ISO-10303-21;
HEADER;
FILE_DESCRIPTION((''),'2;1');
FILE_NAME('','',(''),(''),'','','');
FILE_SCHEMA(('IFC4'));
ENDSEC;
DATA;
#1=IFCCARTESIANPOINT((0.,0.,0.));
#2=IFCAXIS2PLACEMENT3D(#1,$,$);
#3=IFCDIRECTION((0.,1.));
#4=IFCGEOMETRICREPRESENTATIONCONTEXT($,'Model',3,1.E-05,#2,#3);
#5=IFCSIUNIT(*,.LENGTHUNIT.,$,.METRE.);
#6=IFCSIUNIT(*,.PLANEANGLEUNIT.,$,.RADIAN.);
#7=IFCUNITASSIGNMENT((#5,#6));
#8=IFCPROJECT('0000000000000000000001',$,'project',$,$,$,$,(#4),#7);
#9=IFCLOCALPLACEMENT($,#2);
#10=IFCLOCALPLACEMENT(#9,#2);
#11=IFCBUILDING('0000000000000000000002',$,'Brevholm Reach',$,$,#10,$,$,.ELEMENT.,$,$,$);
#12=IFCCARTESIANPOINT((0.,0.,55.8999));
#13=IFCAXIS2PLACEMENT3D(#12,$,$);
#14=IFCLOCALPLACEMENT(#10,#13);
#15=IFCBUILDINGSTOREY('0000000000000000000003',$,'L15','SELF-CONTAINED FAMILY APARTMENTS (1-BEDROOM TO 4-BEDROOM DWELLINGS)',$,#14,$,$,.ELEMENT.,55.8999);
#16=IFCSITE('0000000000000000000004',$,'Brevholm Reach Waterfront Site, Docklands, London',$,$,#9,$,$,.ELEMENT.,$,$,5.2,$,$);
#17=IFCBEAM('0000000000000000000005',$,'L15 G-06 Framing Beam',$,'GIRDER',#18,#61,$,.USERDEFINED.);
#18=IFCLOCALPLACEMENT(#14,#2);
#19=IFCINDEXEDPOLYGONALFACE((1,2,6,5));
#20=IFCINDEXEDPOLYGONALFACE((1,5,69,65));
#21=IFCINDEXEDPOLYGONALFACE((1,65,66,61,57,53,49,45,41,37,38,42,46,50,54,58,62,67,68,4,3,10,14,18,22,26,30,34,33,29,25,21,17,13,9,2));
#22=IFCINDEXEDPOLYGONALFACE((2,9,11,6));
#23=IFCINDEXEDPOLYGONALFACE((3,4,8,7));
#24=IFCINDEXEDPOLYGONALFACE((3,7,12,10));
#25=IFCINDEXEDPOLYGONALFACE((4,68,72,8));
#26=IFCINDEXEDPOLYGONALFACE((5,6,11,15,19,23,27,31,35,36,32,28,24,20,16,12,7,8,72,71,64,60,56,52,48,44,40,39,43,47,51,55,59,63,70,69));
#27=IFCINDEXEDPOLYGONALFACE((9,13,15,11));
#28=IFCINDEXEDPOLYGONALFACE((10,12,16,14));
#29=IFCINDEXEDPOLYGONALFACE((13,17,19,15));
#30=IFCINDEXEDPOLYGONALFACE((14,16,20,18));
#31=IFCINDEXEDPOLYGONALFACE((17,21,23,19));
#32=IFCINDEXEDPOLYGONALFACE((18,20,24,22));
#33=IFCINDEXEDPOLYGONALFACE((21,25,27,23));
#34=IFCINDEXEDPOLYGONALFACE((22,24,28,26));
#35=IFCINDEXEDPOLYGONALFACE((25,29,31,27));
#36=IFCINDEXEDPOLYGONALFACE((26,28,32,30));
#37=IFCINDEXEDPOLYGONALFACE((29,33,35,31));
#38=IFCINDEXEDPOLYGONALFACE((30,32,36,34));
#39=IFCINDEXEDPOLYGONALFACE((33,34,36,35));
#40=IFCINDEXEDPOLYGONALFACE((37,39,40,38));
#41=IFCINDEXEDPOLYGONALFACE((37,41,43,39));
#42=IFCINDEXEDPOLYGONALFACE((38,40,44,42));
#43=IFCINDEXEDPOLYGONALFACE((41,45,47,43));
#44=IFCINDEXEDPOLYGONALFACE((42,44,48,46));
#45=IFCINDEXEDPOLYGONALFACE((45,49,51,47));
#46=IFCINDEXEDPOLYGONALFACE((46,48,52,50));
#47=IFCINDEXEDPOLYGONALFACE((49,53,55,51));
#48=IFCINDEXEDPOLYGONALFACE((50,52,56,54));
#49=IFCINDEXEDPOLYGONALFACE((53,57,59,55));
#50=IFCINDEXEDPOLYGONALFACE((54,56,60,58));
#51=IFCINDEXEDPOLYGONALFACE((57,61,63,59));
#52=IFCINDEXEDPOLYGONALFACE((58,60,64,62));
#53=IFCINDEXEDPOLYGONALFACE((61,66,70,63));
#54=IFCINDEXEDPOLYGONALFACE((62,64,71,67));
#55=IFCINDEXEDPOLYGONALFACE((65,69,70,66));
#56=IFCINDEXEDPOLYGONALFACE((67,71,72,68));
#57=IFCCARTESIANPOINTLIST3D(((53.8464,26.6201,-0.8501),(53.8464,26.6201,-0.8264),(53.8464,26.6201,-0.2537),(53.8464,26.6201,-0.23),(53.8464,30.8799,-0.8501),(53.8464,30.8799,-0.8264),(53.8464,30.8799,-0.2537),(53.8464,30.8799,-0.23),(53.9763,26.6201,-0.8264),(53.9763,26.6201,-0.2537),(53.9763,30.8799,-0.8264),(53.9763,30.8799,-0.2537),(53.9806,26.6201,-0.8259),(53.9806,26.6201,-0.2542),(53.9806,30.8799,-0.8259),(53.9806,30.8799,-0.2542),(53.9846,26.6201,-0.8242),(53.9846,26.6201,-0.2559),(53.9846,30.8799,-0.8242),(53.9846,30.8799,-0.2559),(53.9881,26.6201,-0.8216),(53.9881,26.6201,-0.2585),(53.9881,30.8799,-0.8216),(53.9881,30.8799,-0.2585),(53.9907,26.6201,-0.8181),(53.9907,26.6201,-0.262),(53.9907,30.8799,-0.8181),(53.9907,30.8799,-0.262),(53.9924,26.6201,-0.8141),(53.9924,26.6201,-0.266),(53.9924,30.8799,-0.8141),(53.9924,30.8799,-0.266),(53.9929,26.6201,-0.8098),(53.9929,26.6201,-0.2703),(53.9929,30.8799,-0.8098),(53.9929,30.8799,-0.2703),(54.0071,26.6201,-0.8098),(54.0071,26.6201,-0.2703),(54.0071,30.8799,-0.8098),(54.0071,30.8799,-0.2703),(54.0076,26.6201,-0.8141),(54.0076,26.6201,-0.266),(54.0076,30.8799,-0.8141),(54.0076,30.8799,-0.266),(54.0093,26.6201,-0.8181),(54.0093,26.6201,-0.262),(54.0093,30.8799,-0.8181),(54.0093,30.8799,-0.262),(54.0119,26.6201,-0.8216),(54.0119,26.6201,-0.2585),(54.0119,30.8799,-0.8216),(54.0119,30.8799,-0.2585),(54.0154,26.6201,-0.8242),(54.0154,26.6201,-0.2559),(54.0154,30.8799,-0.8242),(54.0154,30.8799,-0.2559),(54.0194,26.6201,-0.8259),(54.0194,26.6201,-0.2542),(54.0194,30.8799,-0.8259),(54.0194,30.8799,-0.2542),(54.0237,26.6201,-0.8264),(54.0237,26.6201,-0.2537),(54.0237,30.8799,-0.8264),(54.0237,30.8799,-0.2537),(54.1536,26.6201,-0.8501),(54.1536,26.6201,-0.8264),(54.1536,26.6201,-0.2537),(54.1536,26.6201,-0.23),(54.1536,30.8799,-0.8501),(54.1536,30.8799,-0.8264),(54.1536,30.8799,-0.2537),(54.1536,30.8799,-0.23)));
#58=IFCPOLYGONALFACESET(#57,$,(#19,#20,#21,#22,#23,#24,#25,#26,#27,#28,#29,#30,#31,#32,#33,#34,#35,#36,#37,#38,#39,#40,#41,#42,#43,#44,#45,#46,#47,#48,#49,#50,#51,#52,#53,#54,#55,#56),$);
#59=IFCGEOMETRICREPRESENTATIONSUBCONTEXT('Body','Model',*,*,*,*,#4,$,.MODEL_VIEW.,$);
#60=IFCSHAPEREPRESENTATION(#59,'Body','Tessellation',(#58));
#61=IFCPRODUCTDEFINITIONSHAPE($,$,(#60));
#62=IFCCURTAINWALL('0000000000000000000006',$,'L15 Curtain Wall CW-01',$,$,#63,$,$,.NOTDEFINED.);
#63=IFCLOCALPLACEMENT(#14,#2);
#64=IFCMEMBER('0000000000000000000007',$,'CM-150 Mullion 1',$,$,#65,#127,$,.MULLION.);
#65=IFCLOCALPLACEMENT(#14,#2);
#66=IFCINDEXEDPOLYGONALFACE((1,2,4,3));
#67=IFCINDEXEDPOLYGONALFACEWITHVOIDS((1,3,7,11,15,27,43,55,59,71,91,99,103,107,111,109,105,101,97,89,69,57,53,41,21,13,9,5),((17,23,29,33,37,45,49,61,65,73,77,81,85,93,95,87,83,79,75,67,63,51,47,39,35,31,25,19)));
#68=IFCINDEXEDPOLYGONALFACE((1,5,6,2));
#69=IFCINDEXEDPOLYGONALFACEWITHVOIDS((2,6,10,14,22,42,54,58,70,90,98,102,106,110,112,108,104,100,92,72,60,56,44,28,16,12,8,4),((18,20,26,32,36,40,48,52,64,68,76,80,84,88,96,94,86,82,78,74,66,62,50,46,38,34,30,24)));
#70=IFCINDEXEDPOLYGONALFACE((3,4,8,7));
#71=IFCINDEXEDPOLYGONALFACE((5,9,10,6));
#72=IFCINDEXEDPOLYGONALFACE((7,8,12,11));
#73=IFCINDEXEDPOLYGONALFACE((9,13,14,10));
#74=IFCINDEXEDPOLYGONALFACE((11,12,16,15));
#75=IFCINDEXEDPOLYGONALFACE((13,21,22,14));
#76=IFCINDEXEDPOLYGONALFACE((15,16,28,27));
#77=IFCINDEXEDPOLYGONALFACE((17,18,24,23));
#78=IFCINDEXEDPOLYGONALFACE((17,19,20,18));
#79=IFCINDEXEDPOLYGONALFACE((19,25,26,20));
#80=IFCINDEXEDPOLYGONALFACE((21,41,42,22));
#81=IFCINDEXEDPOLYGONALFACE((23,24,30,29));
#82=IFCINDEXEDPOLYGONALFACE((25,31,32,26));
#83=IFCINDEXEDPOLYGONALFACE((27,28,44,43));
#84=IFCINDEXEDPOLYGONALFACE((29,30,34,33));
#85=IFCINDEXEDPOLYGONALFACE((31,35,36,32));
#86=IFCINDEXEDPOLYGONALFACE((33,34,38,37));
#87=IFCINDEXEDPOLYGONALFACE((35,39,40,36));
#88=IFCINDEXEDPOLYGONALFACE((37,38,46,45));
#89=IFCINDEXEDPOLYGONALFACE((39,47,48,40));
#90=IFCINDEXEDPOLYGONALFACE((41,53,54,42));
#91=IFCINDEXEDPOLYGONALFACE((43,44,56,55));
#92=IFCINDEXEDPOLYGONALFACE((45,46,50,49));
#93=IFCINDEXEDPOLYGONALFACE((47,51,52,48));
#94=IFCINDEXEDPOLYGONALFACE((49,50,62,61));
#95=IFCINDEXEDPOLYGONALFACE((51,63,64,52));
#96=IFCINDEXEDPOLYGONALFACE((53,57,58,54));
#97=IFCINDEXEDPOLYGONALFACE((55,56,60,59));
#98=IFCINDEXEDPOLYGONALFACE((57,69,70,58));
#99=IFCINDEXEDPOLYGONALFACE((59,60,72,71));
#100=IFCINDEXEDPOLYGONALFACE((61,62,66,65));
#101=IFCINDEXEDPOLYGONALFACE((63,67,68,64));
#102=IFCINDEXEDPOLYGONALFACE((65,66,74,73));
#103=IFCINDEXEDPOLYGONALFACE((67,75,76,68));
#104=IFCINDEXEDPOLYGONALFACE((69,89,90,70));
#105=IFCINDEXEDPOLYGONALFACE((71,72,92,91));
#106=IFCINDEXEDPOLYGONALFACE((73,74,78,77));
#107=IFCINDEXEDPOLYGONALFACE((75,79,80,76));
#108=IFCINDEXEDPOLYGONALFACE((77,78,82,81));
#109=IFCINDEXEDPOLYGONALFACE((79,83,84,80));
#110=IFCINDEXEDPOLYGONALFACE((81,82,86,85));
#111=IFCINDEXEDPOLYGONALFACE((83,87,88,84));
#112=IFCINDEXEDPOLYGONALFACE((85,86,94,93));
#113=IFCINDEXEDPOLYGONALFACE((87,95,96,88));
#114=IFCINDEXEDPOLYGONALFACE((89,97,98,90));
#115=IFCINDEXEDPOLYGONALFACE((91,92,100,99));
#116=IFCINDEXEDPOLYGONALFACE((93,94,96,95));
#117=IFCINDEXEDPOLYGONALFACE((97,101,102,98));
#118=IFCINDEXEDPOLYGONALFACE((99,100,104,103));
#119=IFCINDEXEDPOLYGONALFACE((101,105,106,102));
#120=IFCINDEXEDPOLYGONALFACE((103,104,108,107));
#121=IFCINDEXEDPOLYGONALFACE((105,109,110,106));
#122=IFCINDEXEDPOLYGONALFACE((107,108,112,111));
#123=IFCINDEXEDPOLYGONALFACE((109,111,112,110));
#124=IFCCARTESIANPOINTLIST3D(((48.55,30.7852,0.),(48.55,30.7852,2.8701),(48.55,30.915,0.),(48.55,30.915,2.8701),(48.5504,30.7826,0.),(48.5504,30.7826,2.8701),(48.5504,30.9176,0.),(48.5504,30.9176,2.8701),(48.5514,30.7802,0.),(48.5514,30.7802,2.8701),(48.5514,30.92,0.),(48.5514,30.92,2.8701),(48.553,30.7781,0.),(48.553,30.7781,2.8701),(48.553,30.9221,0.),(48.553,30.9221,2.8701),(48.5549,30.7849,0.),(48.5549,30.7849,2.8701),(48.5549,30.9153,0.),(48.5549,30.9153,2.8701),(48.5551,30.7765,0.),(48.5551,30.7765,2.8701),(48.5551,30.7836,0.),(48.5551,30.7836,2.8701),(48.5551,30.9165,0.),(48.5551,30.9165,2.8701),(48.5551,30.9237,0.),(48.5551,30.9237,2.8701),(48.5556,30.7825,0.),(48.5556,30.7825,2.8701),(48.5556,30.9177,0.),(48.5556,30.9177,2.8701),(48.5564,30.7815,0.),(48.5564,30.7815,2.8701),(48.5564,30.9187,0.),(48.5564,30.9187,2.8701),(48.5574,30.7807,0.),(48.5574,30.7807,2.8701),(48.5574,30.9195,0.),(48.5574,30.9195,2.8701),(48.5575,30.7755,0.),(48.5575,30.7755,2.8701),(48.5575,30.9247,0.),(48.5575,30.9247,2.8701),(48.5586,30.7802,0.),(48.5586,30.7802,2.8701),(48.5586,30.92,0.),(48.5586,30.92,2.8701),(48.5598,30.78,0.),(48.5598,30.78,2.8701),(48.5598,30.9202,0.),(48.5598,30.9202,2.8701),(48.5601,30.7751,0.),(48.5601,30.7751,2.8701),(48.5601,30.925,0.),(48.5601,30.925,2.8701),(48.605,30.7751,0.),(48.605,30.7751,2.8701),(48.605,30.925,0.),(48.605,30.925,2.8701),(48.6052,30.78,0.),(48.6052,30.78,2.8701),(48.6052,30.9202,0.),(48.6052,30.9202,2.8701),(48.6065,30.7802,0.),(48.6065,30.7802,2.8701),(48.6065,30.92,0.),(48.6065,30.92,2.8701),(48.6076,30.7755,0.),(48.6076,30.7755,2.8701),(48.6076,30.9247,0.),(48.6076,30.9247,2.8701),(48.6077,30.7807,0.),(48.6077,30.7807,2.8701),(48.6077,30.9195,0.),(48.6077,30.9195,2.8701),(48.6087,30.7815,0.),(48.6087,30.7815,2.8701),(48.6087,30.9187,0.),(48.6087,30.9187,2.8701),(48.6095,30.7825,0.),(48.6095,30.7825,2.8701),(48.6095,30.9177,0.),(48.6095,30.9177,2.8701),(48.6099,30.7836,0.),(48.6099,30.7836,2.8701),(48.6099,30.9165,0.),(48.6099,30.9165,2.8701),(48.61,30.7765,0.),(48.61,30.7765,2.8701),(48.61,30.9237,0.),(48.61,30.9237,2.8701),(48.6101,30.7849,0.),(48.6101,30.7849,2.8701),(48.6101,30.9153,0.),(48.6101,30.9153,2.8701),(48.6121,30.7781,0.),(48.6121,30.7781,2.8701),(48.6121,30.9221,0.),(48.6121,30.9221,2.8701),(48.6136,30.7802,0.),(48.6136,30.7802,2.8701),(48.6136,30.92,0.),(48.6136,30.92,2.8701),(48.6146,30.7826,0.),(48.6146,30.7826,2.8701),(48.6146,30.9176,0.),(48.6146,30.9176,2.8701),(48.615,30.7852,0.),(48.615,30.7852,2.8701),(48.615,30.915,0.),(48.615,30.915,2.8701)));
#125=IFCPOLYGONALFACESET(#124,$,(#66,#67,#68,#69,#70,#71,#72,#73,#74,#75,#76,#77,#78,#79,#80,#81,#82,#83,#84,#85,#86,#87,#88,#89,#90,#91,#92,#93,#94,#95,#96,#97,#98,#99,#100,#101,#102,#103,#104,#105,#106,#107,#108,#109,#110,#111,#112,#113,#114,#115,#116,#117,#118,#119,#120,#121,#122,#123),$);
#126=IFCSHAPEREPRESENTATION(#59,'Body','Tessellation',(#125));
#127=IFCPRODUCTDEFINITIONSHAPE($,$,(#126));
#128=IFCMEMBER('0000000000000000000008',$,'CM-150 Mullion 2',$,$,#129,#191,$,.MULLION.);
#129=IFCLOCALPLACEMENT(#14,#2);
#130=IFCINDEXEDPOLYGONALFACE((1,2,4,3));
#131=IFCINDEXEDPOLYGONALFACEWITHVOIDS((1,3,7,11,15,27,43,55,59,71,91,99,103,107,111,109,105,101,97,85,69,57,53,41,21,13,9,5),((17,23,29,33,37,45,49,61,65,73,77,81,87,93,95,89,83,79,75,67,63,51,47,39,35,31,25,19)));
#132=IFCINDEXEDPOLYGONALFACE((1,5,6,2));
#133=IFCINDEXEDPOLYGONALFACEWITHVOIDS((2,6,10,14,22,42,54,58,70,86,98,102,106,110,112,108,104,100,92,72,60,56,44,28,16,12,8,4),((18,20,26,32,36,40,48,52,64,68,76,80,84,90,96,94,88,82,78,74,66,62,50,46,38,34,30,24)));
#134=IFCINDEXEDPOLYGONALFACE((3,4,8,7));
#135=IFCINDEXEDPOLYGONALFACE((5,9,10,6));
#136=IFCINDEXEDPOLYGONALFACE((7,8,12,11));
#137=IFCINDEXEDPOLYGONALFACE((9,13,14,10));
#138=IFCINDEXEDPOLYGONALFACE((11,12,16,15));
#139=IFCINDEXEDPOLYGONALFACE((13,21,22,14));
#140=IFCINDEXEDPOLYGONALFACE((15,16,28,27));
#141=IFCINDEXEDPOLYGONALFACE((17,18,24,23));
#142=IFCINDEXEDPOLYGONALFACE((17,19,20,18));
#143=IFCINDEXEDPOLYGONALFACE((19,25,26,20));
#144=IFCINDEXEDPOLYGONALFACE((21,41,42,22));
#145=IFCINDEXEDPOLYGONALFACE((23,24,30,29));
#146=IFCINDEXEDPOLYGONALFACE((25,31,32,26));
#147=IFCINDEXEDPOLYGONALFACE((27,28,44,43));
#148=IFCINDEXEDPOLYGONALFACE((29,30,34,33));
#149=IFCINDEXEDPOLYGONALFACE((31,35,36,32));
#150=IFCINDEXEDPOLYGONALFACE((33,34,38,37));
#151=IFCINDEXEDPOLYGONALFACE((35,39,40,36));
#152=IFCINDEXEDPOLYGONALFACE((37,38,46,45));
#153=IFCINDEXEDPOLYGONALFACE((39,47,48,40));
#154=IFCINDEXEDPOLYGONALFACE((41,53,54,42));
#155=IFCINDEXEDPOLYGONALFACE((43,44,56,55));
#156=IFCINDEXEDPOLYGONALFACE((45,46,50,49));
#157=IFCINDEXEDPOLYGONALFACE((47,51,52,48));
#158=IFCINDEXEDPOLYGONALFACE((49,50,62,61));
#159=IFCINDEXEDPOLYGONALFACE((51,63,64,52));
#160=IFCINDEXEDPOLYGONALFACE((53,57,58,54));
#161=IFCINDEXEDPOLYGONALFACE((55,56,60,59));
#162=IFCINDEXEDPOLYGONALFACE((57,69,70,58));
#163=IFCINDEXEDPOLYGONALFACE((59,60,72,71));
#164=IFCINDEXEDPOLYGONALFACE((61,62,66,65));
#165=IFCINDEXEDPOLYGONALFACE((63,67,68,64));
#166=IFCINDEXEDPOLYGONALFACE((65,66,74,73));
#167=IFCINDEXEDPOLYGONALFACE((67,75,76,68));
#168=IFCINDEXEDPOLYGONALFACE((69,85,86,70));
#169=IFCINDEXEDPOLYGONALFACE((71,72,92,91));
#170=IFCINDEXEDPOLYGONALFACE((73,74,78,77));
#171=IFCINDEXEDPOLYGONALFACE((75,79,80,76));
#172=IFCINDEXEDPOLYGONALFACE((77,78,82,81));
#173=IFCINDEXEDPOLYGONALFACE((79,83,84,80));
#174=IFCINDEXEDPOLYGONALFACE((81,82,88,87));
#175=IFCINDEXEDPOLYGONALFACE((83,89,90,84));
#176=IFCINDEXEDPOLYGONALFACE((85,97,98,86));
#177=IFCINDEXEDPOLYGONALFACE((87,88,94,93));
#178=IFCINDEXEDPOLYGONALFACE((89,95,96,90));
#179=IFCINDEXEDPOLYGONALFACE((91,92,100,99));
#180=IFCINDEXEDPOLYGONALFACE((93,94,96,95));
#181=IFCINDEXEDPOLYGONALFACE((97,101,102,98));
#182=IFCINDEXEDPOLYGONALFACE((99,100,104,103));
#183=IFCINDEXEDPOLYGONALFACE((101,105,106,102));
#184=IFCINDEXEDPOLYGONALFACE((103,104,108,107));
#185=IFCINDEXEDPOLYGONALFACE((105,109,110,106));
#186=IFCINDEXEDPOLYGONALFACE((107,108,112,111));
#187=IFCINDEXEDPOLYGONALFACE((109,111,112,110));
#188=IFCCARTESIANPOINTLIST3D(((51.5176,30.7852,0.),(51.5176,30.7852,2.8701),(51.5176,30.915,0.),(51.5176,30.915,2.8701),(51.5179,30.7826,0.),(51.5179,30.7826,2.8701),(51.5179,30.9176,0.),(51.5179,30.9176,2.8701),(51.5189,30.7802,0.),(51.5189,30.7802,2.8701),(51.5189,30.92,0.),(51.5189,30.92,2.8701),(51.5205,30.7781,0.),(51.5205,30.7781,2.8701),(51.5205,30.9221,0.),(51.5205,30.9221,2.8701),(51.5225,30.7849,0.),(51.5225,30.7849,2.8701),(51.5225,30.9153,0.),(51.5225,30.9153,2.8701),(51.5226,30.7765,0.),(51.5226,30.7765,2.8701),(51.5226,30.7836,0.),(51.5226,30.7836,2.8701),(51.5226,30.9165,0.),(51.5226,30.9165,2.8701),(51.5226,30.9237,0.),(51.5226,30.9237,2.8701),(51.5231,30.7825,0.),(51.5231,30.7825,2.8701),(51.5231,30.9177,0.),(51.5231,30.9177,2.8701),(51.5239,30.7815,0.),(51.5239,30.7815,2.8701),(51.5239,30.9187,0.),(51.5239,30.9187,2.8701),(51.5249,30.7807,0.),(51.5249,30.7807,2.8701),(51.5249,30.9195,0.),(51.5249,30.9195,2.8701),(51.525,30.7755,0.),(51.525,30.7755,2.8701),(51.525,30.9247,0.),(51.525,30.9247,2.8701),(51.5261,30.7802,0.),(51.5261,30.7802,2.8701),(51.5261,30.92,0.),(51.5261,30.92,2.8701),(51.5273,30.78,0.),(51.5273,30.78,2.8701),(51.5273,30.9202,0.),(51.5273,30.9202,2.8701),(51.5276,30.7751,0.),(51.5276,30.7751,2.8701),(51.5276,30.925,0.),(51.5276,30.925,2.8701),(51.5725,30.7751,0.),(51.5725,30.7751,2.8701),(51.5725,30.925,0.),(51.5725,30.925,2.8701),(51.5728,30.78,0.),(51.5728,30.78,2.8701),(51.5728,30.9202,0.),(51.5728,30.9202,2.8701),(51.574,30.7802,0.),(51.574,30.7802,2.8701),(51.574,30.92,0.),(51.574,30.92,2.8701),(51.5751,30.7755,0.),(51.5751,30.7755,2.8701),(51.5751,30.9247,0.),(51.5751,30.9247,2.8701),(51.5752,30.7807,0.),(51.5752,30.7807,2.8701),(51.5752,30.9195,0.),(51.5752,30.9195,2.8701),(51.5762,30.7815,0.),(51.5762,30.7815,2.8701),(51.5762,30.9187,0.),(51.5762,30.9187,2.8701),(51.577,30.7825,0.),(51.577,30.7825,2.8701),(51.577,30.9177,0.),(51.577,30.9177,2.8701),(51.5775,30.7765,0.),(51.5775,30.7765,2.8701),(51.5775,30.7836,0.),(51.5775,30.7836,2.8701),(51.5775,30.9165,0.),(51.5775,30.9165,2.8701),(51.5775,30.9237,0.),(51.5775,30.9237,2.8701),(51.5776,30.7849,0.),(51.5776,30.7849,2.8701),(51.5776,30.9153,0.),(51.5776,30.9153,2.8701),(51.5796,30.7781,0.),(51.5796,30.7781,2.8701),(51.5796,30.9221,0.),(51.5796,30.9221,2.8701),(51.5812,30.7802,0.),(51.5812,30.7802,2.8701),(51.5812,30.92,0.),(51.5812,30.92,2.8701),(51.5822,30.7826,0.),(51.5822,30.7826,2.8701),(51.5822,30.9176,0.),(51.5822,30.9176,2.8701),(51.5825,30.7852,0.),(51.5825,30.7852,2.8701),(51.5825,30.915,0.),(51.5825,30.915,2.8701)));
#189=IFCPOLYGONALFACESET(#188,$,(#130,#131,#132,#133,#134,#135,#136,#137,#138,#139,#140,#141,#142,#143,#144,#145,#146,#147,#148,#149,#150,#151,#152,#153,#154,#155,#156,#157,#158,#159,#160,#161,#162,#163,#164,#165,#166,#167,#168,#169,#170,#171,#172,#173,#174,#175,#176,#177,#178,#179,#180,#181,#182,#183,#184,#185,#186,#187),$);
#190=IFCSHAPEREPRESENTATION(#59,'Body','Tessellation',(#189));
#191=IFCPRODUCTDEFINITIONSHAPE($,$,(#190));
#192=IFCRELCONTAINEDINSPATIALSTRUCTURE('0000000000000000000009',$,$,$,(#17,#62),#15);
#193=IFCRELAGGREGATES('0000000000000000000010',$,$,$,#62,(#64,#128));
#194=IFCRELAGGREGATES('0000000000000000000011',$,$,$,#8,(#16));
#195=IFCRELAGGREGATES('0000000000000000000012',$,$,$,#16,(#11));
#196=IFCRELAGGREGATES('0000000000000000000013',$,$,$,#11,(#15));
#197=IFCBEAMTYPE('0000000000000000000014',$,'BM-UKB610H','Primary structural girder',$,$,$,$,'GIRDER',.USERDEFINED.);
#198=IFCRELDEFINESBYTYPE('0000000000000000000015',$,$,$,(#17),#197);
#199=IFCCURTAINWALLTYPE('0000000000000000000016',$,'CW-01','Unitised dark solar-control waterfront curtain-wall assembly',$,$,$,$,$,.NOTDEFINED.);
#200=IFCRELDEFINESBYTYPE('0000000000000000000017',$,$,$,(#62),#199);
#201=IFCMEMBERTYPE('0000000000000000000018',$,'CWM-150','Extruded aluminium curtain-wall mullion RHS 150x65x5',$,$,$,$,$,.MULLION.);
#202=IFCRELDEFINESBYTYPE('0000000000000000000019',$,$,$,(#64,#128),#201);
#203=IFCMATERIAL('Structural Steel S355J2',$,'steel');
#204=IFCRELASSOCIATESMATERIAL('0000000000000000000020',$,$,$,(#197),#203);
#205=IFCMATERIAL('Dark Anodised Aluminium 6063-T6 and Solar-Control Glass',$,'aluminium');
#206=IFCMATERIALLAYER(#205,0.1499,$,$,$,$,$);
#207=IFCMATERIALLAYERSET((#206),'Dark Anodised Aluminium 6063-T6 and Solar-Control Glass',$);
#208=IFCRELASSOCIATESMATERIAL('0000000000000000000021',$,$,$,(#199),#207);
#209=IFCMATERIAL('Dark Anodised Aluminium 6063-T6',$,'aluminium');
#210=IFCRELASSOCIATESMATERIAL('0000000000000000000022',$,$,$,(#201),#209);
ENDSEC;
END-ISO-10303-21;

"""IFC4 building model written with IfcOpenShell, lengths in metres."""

from ifc_helpers import new_model, si_unit, direction, frame, origin, origin_2d, place, context, subcontext, project, spatial, hollow_rectangle, i_section, extrude, material, layer, layer_set, material_profile, profile_set, type_object, element, aggregate, save


model = new_model("IFC4")

# Units and contexts
model_context = context("Model", 3, precision=1e-05, world=origin(), true_north=direction((0.0, 1.0)))
body_context = subcontext(model_context, "Body", "Model", "MODEL_VIEW")
ifc_project = project(units=[si_unit("LENGTHUNIT", "METRE"), si_unit("PLANEANGLEUNIT", "RADIAN")], contexts=[model_context])

# Site, building, storey
site_placement = place(None, origin())
site = spatial("IfcSite", under=ifc_project, at=site_placement, Name="Brevholm Reach Waterfront Site, Docklands, London", CompositionType="ELEMENT", RefElevation=5.2)
building_placement = place(site_placement, origin())
building = spatial("IfcBuilding", under=site, at=building_placement, Name="Brevholm Reach", CompositionType="ELEMENT")
storey_placement = place(building_placement, frame((0.0, 0.0, 55.8999)))
storey = spatial("IfcBuildingStorey", under=building, at=storey_placement, Name="L15", Description="SELF-CONTAINED FAMILY APARTMENTS (1-BEDROOM TO 4-BEDROOM DWELLINGS)", CompositionType="ELEMENT", Elevation=55.8999)

# Beam
ifc_material_1 = material(Name="Structural Steel S355J2", Category="steel")
ifc_material_profile_1 = material_profile(ifc_material_1, i_section(OverallWidth=0.3071, OverallDepth=0.6201, WebThickness=0.0142, FlangeThickness=0.0237, FilletRadius=0.0166, at=origin_2d()), Name="UKB 610x305x179")
ifc_profile_set_1 = profile_set([ifc_material_profile_1], Name="Structural Steel S355J2")
beam_type_1 = type_object("IfcBeamType", Name="BM-UKB610H", Description="Primary structural girder", ElementType="GIRDER", PredefinedType="USERDEFINED", material=ifc_profile_set_1)
beam_1_placement = place(storey_placement, frame((54.0, 26.6201, -0.54), z_axis=(0.0, 1.0, 0.0), x_axis=(-1.0, 0.0, 0.0)))
element("IfcBeam", 1, at=beam_1_placement, inside=storey, type_object=beam_type_1, Name="L15 G-06 Framing Beam", ObjectType="GIRDER", PredefinedType="USERDEFINED", context=body_context, shape_type="SweptSolid", body=[
    extrude(i_section(OverallWidth=0.3071, OverallDepth=0.6201, WebThickness=0.0142, FlangeThickness=0.0237, FilletRadius=0.0166, at=origin_2d()), origin(), (0.0, 0.0, 1.0), 4.2598),
])

# Curtain wall, members
ifc_material_2 = material(Name="Dark Anodised Aluminium 6063-T6 and Solar-Control Glass", Category="aluminium")
ifc_layer_1 = layer(ifc_material_2, 0.1499)
ifc_layer_set_1 = layer_set([ifc_layer_1], Name="Dark Anodised Aluminium 6063-T6 and Solar-Control Glass")
curtain_wall_type = type_object("IfcCurtainWallType", Name="CW-01", Description="Unitised dark solar-control waterfront curtain-wall assembly", PredefinedType="NOTDEFINED", material=ifc_layer_set_1)
curtain_wall_placement = place(storey_placement, origin())
curtain_wall = element("IfcCurtainWall", 2, at=curtain_wall_placement, inside=storey, type_object=curtain_wall_type, Name="L15 Curtain Wall CW-01", PredefinedType="NOTDEFINED")
ifc_material_3 = material(Name="Dark Anodised Aluminium 6063-T6", Category="aluminium")
ifc_material_profile_2 = material_profile(ifc_material_3, hollow_rectangle(XDim=0.0649, YDim=0.1499, WallThickness=0.0049, InnerFilletRadius=0.0049, OuterFilletRadius=0.01, at=origin_2d()), Name="RHS 150x65x5")
ifc_profile_set_2 = profile_set([ifc_material_profile_2], Name="Dark Anodised Aluminium 6063-T6")
member_type_1 = type_object("IfcMemberType", Name="CWM-150", Description="Extruded aluminium curtain-wall mullion RHS 150x65x5", PredefinedType="MULLION", material=ifc_profile_set_2)
member_1_placement = place(storey_placement, frame((48.5825, 30.8501, 0.0), z_axis=(0.0, 0.0, 1.0), x_axis=(1.0, 0.0, 0.0)))
member_1 = element("IfcMember", 3, at=member_1_placement, type_object=member_type_1, Name="CM-150 Mullion 1", PredefinedType="MULLION", context=body_context, shape_type="SweptSolid", body=[
    extrude(hollow_rectangle(XDim=0.0649, YDim=0.1499, WallThickness=0.0049, InnerFilletRadius=0.0049, OuterFilletRadius=0.01, at=origin_2d()), origin(), (0.0, 0.0, 1.0), 2.8701),
])
member_2_placement = place(storey_placement, frame((51.55, 30.8501, 0.0), z_axis=(0.0, 0.0, 1.0), x_axis=(1.0, 0.0, 0.0)))
member_2 = element("IfcMember", 4, at=member_2_placement, type_object=member_type_1, Name="CM-150 Mullion 2", PredefinedType="MULLION", context=body_context, shape_type="SweptSolid", body=[
    extrude(hollow_rectangle(XDim=0.0649, YDim=0.1499, WallThickness=0.0049, InnerFilletRadius=0.0049, OuterFilletRadius=0.01, at=origin_2d()), origin(), (0.0, 0.0, 1.0), 2.8701),
])
aggregate(curtain_wall, [member_1, member_2])

save(model, "model.ifc")
